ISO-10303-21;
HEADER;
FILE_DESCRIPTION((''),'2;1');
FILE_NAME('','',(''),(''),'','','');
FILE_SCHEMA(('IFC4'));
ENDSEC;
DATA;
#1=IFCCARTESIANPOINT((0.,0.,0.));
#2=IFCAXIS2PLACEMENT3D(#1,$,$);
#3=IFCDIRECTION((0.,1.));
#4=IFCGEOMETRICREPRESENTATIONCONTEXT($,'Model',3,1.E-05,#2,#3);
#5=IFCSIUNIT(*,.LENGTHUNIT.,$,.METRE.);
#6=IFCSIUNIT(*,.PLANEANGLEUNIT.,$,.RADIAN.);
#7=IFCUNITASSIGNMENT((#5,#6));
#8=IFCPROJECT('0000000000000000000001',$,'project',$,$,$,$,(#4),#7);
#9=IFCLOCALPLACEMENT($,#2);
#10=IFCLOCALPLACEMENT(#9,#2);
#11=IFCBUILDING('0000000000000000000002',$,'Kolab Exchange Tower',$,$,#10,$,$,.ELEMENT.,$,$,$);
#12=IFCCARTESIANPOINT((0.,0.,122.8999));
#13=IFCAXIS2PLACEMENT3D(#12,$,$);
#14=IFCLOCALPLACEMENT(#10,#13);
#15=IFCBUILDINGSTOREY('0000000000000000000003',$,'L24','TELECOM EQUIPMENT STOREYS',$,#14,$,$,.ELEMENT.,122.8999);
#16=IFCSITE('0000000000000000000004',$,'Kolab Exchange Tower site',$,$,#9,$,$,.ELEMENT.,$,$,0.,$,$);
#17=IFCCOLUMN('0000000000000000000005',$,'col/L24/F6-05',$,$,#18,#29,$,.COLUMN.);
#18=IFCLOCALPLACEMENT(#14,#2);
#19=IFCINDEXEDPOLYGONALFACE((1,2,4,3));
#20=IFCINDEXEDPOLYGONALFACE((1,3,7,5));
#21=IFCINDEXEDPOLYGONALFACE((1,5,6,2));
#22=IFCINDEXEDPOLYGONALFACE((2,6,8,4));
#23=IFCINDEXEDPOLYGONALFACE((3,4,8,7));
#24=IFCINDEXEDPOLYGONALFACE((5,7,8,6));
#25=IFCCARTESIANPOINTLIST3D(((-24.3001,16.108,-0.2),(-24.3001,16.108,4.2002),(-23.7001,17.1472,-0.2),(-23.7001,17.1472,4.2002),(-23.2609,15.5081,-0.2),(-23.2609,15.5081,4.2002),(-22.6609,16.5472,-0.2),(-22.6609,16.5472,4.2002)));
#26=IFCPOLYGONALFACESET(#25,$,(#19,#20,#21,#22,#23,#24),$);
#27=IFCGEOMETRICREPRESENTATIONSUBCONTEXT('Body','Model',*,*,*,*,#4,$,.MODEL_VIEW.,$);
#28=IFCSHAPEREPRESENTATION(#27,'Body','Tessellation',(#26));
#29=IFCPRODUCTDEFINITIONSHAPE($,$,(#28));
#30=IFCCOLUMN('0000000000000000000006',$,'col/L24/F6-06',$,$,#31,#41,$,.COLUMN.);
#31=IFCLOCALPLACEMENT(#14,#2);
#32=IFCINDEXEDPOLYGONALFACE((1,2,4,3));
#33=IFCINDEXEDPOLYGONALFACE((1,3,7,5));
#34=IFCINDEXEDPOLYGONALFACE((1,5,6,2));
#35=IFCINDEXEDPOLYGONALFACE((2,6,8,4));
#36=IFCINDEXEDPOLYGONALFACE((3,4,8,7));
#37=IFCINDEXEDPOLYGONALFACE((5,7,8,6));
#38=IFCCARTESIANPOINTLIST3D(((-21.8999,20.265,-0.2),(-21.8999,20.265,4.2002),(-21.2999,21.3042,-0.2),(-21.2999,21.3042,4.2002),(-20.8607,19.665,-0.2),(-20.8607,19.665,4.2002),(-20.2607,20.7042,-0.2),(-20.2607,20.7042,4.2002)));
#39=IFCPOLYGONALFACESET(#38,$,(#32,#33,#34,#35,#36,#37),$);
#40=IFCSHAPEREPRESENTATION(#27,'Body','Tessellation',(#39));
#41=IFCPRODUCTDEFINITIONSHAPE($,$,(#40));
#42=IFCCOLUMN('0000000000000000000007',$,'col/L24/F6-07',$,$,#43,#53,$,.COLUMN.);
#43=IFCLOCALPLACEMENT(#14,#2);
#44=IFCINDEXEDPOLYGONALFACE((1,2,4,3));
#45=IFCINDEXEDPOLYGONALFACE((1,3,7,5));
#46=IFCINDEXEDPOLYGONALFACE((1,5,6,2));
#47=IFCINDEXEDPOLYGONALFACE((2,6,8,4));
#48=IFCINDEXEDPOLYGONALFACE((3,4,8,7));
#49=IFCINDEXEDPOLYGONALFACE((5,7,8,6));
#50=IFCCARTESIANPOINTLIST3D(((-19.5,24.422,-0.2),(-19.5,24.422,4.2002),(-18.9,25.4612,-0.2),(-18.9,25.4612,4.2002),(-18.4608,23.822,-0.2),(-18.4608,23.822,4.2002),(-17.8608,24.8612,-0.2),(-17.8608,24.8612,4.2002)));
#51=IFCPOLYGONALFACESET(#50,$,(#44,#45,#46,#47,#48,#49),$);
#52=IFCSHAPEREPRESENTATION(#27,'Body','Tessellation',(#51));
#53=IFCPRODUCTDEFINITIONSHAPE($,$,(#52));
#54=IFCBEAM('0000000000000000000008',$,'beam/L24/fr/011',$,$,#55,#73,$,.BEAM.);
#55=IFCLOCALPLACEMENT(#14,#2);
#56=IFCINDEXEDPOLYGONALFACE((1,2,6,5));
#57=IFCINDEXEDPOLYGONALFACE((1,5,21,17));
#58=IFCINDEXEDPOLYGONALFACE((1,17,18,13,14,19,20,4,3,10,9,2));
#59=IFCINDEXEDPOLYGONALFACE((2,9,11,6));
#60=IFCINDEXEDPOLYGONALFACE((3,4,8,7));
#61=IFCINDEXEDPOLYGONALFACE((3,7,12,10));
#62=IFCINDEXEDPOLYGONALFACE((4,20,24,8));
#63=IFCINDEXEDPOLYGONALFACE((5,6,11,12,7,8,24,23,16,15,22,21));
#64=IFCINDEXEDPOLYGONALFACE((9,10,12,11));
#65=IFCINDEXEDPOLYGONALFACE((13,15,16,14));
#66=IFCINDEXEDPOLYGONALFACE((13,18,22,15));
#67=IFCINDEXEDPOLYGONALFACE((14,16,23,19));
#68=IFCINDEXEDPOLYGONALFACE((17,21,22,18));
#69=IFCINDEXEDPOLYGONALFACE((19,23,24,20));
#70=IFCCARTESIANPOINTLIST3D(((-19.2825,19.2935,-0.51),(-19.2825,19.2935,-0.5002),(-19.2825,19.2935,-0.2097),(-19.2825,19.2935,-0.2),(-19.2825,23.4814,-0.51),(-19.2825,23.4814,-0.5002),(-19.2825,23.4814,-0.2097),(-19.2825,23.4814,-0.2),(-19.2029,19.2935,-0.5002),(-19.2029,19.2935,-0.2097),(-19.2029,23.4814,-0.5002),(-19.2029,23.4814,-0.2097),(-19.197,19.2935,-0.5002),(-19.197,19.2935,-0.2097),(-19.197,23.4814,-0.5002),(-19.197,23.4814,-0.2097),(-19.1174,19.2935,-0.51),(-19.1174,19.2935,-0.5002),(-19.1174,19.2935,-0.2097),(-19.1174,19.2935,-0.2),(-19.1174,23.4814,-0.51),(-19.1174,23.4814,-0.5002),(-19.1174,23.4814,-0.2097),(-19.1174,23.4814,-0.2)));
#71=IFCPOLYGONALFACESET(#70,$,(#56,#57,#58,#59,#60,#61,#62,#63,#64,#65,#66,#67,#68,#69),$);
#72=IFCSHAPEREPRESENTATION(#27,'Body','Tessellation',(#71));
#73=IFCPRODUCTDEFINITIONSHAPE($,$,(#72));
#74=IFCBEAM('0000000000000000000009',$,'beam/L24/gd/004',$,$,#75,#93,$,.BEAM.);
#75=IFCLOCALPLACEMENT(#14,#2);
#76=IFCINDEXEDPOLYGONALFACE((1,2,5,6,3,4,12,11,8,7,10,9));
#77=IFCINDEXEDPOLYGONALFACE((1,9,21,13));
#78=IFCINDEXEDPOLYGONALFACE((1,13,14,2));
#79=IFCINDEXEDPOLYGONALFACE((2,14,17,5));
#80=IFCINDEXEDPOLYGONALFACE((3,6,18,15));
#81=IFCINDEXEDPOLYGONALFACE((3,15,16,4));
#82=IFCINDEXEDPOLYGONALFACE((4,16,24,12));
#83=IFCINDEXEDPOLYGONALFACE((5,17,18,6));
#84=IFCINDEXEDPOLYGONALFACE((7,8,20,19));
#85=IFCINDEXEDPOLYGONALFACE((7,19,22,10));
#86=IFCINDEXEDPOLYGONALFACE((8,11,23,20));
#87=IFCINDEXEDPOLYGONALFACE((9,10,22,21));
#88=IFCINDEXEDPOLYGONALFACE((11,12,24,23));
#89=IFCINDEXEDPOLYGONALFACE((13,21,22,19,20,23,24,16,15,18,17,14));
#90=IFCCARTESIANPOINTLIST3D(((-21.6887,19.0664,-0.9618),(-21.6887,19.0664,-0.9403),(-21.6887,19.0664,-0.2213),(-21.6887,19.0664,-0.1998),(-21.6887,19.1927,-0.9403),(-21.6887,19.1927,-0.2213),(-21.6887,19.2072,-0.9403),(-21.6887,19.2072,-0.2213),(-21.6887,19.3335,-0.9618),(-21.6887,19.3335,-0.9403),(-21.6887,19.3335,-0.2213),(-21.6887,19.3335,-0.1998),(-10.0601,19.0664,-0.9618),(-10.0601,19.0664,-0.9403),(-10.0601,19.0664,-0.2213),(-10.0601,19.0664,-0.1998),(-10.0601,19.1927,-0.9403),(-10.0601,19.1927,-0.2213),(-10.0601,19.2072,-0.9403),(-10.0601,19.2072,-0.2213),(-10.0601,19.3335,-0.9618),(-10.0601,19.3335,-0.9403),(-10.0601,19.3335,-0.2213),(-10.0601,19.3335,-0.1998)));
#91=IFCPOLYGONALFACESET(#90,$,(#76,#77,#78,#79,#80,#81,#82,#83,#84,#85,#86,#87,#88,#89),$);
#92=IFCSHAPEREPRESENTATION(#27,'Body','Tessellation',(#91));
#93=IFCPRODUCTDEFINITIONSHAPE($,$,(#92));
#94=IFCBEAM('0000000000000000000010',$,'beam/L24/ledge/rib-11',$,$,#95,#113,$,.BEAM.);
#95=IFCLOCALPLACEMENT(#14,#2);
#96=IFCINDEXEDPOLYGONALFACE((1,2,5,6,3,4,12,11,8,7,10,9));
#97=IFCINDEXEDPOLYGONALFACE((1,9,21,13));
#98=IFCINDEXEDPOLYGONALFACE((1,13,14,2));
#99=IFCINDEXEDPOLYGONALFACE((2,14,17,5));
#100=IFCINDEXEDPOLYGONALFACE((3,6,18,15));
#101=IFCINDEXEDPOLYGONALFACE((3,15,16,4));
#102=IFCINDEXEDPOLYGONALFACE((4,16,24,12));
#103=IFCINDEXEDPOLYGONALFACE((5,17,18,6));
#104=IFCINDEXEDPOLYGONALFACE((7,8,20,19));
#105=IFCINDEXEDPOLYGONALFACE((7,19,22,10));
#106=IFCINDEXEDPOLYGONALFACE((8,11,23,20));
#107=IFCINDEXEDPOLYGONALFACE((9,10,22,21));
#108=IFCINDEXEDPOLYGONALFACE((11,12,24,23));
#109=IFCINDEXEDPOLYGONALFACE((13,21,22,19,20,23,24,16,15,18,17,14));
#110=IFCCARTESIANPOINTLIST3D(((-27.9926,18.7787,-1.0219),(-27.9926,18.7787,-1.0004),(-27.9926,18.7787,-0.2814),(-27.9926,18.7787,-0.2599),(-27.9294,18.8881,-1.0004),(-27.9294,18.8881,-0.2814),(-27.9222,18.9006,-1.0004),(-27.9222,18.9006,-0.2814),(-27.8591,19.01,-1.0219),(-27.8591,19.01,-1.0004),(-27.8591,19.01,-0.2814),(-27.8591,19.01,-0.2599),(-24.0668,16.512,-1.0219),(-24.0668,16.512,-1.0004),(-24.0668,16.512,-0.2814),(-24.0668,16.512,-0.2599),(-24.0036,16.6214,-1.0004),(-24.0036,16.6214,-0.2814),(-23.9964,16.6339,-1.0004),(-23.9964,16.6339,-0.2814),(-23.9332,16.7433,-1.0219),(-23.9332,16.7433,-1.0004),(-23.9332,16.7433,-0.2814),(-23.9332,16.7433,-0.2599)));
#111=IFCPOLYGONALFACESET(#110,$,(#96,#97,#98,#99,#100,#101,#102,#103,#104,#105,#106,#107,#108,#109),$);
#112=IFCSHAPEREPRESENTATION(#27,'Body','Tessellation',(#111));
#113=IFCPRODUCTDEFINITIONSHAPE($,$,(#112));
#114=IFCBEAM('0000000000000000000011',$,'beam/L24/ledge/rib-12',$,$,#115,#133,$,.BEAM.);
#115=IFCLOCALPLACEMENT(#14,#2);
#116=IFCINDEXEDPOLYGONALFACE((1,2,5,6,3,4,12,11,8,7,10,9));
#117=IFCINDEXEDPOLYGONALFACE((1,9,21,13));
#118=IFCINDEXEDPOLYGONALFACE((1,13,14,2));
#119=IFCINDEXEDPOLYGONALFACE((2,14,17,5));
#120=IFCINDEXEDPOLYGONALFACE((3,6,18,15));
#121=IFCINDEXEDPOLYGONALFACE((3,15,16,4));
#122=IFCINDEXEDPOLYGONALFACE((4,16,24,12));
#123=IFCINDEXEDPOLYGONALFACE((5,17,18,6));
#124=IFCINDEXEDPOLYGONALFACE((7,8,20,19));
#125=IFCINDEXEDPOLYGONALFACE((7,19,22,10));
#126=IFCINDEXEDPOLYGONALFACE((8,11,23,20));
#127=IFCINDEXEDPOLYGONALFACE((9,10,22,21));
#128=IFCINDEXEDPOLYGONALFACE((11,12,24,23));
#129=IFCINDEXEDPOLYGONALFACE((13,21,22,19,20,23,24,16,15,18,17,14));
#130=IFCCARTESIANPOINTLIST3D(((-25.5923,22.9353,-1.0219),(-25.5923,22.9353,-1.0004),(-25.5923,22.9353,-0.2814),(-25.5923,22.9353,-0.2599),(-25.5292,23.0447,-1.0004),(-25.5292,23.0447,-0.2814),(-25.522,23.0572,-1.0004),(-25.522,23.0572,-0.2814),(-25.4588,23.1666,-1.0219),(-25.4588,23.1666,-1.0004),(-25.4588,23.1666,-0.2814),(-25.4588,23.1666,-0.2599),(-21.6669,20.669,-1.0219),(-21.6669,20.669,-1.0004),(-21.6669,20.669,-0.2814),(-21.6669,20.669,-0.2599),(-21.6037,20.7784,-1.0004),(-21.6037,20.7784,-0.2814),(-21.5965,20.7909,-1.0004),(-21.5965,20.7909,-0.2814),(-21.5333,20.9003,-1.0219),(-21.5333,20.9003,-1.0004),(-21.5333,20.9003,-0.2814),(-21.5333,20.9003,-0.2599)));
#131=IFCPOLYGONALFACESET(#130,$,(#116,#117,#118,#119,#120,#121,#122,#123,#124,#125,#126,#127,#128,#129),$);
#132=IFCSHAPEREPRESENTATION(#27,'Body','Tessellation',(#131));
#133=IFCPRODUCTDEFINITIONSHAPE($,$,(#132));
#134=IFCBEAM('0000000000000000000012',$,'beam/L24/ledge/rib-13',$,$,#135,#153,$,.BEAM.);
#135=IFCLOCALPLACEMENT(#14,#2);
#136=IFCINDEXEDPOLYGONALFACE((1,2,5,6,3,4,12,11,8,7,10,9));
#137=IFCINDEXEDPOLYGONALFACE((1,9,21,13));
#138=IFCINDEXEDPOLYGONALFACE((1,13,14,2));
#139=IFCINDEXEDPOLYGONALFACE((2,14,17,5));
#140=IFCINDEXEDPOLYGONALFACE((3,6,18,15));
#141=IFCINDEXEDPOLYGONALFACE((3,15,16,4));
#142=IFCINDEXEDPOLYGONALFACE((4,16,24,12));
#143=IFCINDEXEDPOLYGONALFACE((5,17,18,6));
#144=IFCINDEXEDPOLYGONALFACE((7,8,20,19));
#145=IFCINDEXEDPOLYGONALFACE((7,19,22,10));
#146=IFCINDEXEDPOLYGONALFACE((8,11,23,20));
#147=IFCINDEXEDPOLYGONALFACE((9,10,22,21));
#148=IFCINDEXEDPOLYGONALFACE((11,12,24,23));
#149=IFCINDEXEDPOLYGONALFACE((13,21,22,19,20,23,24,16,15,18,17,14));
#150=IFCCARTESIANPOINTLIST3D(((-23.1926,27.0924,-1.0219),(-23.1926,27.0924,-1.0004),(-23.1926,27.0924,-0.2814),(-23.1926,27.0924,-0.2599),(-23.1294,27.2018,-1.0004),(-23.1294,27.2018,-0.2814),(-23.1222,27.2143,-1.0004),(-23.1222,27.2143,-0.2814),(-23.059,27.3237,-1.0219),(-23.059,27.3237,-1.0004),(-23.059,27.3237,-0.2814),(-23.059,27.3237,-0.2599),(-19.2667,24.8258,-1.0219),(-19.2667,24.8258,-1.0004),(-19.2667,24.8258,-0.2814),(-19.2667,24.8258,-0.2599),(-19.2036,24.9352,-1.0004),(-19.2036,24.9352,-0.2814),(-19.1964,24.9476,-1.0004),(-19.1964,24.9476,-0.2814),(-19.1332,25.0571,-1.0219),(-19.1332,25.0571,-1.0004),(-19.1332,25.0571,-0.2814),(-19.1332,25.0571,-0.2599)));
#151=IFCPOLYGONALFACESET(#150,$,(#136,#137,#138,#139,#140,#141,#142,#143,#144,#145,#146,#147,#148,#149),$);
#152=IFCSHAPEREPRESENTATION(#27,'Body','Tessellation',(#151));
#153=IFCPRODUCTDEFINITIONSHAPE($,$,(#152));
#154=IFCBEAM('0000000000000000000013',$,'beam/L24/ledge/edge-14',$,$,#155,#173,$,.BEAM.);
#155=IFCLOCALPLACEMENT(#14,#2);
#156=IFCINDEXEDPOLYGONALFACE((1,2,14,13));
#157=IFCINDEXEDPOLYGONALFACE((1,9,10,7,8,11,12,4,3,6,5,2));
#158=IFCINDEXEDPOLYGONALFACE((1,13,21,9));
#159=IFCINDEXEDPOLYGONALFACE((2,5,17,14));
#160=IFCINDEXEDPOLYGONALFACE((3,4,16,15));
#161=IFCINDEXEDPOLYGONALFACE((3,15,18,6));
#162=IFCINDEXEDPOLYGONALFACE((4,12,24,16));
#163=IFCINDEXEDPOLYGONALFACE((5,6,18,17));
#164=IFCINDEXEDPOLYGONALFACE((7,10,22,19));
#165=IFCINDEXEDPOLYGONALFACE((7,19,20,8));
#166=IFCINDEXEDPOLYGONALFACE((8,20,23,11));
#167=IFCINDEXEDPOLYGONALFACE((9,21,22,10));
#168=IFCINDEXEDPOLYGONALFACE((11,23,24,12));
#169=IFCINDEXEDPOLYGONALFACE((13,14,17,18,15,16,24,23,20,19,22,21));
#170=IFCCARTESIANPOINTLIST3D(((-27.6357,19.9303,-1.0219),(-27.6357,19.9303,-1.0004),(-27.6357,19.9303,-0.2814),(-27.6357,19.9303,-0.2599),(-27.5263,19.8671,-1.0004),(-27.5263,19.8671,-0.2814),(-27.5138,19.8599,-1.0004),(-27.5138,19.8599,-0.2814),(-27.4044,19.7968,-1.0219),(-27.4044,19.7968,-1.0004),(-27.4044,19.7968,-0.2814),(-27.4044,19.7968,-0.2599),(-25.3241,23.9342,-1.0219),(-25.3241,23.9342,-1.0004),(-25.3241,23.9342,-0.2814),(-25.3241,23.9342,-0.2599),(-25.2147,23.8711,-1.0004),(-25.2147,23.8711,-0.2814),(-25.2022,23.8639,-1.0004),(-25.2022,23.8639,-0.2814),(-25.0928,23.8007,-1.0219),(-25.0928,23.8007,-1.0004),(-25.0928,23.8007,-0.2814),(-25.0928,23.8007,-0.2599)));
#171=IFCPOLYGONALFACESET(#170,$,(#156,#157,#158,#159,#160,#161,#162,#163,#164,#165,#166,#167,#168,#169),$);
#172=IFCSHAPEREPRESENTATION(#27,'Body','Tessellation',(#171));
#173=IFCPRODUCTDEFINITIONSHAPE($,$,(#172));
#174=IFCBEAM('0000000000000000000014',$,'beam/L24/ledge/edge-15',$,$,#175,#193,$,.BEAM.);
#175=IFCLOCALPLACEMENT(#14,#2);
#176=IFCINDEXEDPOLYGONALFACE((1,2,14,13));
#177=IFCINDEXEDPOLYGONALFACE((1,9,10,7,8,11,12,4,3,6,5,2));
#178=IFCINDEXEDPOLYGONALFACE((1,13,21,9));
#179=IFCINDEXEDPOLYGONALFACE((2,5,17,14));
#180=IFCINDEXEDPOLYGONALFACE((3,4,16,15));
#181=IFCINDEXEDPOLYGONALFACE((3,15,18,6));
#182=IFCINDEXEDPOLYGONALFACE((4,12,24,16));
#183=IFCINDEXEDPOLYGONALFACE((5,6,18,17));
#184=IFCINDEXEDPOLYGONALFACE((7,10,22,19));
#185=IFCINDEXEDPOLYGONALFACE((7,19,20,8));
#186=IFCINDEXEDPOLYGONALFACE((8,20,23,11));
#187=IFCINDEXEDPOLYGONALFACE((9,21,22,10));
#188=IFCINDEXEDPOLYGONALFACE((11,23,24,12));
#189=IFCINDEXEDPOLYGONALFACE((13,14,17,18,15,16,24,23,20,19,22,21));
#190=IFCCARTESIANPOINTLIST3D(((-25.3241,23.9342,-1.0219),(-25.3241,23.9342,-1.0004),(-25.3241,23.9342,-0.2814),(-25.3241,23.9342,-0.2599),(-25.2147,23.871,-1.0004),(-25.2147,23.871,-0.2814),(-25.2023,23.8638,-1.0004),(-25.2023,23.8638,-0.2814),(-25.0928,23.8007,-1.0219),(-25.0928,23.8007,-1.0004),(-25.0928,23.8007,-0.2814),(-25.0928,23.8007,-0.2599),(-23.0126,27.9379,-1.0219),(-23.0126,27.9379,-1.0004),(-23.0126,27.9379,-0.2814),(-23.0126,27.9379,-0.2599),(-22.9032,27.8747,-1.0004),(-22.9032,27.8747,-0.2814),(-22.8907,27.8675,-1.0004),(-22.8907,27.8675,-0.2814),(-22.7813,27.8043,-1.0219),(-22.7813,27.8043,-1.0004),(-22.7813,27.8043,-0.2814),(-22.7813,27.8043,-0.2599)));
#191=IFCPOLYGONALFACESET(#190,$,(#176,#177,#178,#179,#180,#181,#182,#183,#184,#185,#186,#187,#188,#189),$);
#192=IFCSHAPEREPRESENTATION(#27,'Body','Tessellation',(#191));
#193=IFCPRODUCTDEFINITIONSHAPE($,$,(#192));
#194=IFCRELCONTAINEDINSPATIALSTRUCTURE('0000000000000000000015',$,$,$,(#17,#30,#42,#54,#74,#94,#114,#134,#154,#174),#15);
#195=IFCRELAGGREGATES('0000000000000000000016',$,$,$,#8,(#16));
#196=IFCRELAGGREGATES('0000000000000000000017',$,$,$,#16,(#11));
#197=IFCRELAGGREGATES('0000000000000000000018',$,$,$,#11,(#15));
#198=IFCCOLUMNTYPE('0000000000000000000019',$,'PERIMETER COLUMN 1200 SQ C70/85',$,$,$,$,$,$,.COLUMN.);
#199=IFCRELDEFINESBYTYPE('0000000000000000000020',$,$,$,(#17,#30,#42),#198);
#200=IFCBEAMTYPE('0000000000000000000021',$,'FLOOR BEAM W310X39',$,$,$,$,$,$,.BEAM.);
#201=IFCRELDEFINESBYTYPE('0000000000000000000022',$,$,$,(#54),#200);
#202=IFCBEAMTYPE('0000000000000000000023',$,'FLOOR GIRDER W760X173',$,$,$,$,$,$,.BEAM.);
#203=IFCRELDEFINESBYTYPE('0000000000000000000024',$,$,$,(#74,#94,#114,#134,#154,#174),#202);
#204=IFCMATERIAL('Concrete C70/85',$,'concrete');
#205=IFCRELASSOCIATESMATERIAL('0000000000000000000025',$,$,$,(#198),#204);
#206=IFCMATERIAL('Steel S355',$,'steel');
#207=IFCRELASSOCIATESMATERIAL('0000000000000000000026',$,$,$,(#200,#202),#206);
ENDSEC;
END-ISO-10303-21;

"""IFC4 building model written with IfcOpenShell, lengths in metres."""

from ifc_helpers import new_model, si_unit, direction, frame, origin, origin_2d, place, context, subcontext, project, spatial, rectangle, i_section, extrude, material, material_profile, profile_set, type_object, element, save


model = new_model("IFC4")

# Units and contexts
model_context = context("Model", 3, precision=1e-05, world=origin(), true_north=direction((0.0, 1.0)))
body_context = subcontext(model_context, "Body", "Model", "MODEL_VIEW")
ifc_project = project(units=[si_unit("LENGTHUNIT", "METRE"), si_unit("PLANEANGLEUNIT", "RADIAN")], contexts=[model_context])

# Site, building, storey
site_placement = place(None, origin())
site = spatial("IfcSite", under=ifc_project, at=site_placement, Name="Kolab Exchange Tower site", CompositionType="ELEMENT", RefElevation=0.0)
building_placement = place(site_placement, origin())
building = spatial("IfcBuilding", under=site, at=building_placement, Name="Kolab Exchange Tower", CompositionType="ELEMENT")
storey_placement = place(building_placement, frame((0.0, 0.0, 122.8999)))
storey = spatial("IfcBuildingStorey", under=building, at=storey_placement, Name="L24", Description="TELECOM EQUIPMENT STOREYS", CompositionType="ELEMENT", Elevation=122.8999)

# Columns
ifc_material_1 = material(Name="Concrete C70/85", Category="concrete")
ifc_material_profile_1 = material_profile(ifc_material_1, rectangle(XDim=1.2, YDim=1.2, at=origin_2d()), Name="RC1200")
ifc_profile_set_1 = profile_set([ifc_material_profile_1], Name="Concrete C70/85")
column_type = type_object("IfcColumnType", Name="PERIMETER COLUMN 1200 SQ C70/85", PredefinedType="COLUMN", material=ifc_profile_set_1)
for number, where, z_axis, x_axis, name in (
    (1, (-23.4805, 16.3276, -0.2), (0.0, 0.0, 1.0), (0.5, 0.866025, 0.0), "col/L24/F6-05"),
    (2, (-21.0803, 20.4846, -0.2), (0.0, 0.0, 1.0), (0.5, 0.866025, 0.0), "col/L24/F6-06"),
    (3, (-18.6804, 24.6416, -0.2), (0.0, 0.0, 1.0), (0.5, 0.866025, 0.0), "col/L24/F6-07"),
):
    element("IfcColumn", number, at=place(storey_placement, frame(where, z_axis=z_axis, x_axis=x_axis)), inside=storey, type_object=column_type, Name=name, PredefinedType="COLUMN", context=body_context, shape_type="SweptSolid", body=[
        extrude(rectangle(XDim=1.2, YDim=1.2, at=origin_2d()), origin(), (0.0, 0.0, 1.0), 4.4001),
    ])

# Beams
ifc_material_2 = material(Name="Steel S355", Category="steel")
ifc_material_profile_2 = material_profile(ifc_material_2, i_section(OverallWidth=0.165, OverallDepth=0.3101, WebThickness=0.0059, FlangeThickness=0.0098, at=origin_2d()), Name="W310X39")
ifc_profile_set_2 = profile_set([ifc_material_profile_2], Name="Steel S355")
beam_type_1 = type_object("IfcBeamType", Name="FLOOR BEAM W310X39", PredefinedType="BEAM", material=ifc_profile_set_2)
beam_1_placement = place(storey_placement, frame((-19.2, 19.2935, -0.355), z_axis=(0.0, 1.0, 0.0), x_axis=(-1.0, 0.0, 0.0)))
element("IfcBeam", 4, at=beam_1_placement, inside=storey, type_object=beam_type_1, Name="beam/L24/fr/011", PredefinedType="BEAM", context=body_context, shape_type="SweptSolid", body=[
    extrude(i_section(OverallWidth=0.165, OverallDepth=0.3101, WebThickness=0.0059, FlangeThickness=0.0098, at=origin_2d()), origin(), (0.0, 0.0, 1.0), 4.188),
])
ifc_material_profile_3 = material_profile(ifc_material_2, i_section(OverallWidth=0.2671, OverallDepth=0.762, WebThickness=0.0144, FlangeThickness=0.0215, at=origin_2d()), Name="W760X173")
ifc_profile_set_3 = profile_set([ifc_material_profile_3], Name="Steel S355")
beam_type_2 = type_object("IfcBeamType", Name="FLOOR GIRDER W760X173", PredefinedType="BEAM", material=ifc_profile_set_3)
beam_2_placement = place(storey_placement, frame((-21.6887, 19.2, -0.5808), z_axis=(1.0, 0.0, 0.0), x_axis=(0.0, 1.0, 0.0)))
element("IfcBeam", 5, at=beam_2_placement, inside=storey, type_object=beam_type_2, Name="beam/L24/gd/004", PredefinedType="BEAM", context=body_context, shape_type="SweptSolid", body=[
    extrude(i_section(OverallWidth=0.2671, OverallDepth=0.762, WebThickness=0.0144, FlangeThickness=0.0215, at=origin_2d()), origin(), (0.0, 0.0, 1.0), 11.6287),
])
beam_3_placement = place(storey_placement, frame((-24.0, 16.6277, -0.6409), z_axis=(-0.866021, 0.500008, 0.0), x_axis=(-0.500008, -0.866021, 0.0)))
element("IfcBeam", 6, at=beam_3_placement, inside=storey, type_object=beam_type_2, Name="beam/L24/ledge/rib-11", PredefinedType="BEAM", context=body_context, shape_type="SweptSolid", body=[
    extrude(i_section(OverallWidth=0.2671, OverallDepth=0.762, WebThickness=0.0144, FlangeThickness=0.0215, at=origin_2d()), origin(), (0.0, 0.0, 1.0), 4.5332),
])
beam_4_placement = place(storey_placement, frame((-21.6001, 20.7847, -0.6409), z_axis=(-0.86603, 0.499991, 0.0), x_axis=(-0.499991, -0.86603, 0.0)))
element("IfcBeam", 7, at=beam_4_placement, inside=storey, type_object=beam_type_2, Name="beam/L24/ledge/rib-12", PredefinedType="BEAM", context=body_context, shape_type="SweptSolid", body=[
    extrude(i_section(OverallWidth=0.2671, OverallDepth=0.762, WebThickness=0.0144, FlangeThickness=0.0215, at=origin_2d()), origin(), (0.0, 0.0, 1.0), 4.5327),
])
beam_5_placement = place(storey_placement, frame((-19.2, 24.9414, -0.6409), z_axis=(-0.866021, 0.500008, 0.0), x_axis=(-0.500008, -0.866021, 0.0)))
element("IfcBeam", 8, at=beam_5_placement, inside=storey, type_object=beam_type_2, Name="beam/L24/ledge/rib-13", PredefinedType="BEAM", context=body_context, shape_type="SweptSolid", body=[
    extrude(i_section(OverallWidth=0.2671, OverallDepth=0.762, WebThickness=0.0144, FlangeThickness=0.0215, at=origin_2d()), origin(), (0.0, 0.0, 1.0), 4.5332),
])
beam_6_placement = place(storey_placement, frame((-27.52, 19.8635, -0.6409), z_axis=(0.499978, 0.866038, 0.0), x_axis=(-0.866038, 0.499978, 0.0)))
element("IfcBeam", 9, at=beam_6_placement, inside=storey, type_object=beam_type_2, Name="beam/L24/ledge/edge-14", PredefinedType="BEAM", context=body_context, shape_type="SweptSolid", body=[
    extrude(i_section(OverallWidth=0.2671, OverallDepth=0.762, WebThickness=0.0144, FlangeThickness=0.0215, at=origin_2d()), origin(), (0.0, 0.0, 1.0), 4.6233),
])
beam_7_placement = place(storey_placement, frame((-25.2085, 23.8674, -0.6409), z_axis=(0.500001, 0.866025, 0.0), x_axis=(-0.866025, 0.500001, 0.0)))
element("IfcBeam", 10, at=beam_7_placement, inside=storey, type_object=beam_type_2, Name="beam/L24/ledge/edge-15", PredefinedType="BEAM", context=body_context, shape_type="SweptSolid", body=[
    extrude(i_section(OverallWidth=0.2671, OverallDepth=0.762, WebThickness=0.0144, FlangeThickness=0.0215, at=origin_2d()), origin(), (0.0, 0.0, 1.0), 4.623),
])

save(model, "model.ifc")
